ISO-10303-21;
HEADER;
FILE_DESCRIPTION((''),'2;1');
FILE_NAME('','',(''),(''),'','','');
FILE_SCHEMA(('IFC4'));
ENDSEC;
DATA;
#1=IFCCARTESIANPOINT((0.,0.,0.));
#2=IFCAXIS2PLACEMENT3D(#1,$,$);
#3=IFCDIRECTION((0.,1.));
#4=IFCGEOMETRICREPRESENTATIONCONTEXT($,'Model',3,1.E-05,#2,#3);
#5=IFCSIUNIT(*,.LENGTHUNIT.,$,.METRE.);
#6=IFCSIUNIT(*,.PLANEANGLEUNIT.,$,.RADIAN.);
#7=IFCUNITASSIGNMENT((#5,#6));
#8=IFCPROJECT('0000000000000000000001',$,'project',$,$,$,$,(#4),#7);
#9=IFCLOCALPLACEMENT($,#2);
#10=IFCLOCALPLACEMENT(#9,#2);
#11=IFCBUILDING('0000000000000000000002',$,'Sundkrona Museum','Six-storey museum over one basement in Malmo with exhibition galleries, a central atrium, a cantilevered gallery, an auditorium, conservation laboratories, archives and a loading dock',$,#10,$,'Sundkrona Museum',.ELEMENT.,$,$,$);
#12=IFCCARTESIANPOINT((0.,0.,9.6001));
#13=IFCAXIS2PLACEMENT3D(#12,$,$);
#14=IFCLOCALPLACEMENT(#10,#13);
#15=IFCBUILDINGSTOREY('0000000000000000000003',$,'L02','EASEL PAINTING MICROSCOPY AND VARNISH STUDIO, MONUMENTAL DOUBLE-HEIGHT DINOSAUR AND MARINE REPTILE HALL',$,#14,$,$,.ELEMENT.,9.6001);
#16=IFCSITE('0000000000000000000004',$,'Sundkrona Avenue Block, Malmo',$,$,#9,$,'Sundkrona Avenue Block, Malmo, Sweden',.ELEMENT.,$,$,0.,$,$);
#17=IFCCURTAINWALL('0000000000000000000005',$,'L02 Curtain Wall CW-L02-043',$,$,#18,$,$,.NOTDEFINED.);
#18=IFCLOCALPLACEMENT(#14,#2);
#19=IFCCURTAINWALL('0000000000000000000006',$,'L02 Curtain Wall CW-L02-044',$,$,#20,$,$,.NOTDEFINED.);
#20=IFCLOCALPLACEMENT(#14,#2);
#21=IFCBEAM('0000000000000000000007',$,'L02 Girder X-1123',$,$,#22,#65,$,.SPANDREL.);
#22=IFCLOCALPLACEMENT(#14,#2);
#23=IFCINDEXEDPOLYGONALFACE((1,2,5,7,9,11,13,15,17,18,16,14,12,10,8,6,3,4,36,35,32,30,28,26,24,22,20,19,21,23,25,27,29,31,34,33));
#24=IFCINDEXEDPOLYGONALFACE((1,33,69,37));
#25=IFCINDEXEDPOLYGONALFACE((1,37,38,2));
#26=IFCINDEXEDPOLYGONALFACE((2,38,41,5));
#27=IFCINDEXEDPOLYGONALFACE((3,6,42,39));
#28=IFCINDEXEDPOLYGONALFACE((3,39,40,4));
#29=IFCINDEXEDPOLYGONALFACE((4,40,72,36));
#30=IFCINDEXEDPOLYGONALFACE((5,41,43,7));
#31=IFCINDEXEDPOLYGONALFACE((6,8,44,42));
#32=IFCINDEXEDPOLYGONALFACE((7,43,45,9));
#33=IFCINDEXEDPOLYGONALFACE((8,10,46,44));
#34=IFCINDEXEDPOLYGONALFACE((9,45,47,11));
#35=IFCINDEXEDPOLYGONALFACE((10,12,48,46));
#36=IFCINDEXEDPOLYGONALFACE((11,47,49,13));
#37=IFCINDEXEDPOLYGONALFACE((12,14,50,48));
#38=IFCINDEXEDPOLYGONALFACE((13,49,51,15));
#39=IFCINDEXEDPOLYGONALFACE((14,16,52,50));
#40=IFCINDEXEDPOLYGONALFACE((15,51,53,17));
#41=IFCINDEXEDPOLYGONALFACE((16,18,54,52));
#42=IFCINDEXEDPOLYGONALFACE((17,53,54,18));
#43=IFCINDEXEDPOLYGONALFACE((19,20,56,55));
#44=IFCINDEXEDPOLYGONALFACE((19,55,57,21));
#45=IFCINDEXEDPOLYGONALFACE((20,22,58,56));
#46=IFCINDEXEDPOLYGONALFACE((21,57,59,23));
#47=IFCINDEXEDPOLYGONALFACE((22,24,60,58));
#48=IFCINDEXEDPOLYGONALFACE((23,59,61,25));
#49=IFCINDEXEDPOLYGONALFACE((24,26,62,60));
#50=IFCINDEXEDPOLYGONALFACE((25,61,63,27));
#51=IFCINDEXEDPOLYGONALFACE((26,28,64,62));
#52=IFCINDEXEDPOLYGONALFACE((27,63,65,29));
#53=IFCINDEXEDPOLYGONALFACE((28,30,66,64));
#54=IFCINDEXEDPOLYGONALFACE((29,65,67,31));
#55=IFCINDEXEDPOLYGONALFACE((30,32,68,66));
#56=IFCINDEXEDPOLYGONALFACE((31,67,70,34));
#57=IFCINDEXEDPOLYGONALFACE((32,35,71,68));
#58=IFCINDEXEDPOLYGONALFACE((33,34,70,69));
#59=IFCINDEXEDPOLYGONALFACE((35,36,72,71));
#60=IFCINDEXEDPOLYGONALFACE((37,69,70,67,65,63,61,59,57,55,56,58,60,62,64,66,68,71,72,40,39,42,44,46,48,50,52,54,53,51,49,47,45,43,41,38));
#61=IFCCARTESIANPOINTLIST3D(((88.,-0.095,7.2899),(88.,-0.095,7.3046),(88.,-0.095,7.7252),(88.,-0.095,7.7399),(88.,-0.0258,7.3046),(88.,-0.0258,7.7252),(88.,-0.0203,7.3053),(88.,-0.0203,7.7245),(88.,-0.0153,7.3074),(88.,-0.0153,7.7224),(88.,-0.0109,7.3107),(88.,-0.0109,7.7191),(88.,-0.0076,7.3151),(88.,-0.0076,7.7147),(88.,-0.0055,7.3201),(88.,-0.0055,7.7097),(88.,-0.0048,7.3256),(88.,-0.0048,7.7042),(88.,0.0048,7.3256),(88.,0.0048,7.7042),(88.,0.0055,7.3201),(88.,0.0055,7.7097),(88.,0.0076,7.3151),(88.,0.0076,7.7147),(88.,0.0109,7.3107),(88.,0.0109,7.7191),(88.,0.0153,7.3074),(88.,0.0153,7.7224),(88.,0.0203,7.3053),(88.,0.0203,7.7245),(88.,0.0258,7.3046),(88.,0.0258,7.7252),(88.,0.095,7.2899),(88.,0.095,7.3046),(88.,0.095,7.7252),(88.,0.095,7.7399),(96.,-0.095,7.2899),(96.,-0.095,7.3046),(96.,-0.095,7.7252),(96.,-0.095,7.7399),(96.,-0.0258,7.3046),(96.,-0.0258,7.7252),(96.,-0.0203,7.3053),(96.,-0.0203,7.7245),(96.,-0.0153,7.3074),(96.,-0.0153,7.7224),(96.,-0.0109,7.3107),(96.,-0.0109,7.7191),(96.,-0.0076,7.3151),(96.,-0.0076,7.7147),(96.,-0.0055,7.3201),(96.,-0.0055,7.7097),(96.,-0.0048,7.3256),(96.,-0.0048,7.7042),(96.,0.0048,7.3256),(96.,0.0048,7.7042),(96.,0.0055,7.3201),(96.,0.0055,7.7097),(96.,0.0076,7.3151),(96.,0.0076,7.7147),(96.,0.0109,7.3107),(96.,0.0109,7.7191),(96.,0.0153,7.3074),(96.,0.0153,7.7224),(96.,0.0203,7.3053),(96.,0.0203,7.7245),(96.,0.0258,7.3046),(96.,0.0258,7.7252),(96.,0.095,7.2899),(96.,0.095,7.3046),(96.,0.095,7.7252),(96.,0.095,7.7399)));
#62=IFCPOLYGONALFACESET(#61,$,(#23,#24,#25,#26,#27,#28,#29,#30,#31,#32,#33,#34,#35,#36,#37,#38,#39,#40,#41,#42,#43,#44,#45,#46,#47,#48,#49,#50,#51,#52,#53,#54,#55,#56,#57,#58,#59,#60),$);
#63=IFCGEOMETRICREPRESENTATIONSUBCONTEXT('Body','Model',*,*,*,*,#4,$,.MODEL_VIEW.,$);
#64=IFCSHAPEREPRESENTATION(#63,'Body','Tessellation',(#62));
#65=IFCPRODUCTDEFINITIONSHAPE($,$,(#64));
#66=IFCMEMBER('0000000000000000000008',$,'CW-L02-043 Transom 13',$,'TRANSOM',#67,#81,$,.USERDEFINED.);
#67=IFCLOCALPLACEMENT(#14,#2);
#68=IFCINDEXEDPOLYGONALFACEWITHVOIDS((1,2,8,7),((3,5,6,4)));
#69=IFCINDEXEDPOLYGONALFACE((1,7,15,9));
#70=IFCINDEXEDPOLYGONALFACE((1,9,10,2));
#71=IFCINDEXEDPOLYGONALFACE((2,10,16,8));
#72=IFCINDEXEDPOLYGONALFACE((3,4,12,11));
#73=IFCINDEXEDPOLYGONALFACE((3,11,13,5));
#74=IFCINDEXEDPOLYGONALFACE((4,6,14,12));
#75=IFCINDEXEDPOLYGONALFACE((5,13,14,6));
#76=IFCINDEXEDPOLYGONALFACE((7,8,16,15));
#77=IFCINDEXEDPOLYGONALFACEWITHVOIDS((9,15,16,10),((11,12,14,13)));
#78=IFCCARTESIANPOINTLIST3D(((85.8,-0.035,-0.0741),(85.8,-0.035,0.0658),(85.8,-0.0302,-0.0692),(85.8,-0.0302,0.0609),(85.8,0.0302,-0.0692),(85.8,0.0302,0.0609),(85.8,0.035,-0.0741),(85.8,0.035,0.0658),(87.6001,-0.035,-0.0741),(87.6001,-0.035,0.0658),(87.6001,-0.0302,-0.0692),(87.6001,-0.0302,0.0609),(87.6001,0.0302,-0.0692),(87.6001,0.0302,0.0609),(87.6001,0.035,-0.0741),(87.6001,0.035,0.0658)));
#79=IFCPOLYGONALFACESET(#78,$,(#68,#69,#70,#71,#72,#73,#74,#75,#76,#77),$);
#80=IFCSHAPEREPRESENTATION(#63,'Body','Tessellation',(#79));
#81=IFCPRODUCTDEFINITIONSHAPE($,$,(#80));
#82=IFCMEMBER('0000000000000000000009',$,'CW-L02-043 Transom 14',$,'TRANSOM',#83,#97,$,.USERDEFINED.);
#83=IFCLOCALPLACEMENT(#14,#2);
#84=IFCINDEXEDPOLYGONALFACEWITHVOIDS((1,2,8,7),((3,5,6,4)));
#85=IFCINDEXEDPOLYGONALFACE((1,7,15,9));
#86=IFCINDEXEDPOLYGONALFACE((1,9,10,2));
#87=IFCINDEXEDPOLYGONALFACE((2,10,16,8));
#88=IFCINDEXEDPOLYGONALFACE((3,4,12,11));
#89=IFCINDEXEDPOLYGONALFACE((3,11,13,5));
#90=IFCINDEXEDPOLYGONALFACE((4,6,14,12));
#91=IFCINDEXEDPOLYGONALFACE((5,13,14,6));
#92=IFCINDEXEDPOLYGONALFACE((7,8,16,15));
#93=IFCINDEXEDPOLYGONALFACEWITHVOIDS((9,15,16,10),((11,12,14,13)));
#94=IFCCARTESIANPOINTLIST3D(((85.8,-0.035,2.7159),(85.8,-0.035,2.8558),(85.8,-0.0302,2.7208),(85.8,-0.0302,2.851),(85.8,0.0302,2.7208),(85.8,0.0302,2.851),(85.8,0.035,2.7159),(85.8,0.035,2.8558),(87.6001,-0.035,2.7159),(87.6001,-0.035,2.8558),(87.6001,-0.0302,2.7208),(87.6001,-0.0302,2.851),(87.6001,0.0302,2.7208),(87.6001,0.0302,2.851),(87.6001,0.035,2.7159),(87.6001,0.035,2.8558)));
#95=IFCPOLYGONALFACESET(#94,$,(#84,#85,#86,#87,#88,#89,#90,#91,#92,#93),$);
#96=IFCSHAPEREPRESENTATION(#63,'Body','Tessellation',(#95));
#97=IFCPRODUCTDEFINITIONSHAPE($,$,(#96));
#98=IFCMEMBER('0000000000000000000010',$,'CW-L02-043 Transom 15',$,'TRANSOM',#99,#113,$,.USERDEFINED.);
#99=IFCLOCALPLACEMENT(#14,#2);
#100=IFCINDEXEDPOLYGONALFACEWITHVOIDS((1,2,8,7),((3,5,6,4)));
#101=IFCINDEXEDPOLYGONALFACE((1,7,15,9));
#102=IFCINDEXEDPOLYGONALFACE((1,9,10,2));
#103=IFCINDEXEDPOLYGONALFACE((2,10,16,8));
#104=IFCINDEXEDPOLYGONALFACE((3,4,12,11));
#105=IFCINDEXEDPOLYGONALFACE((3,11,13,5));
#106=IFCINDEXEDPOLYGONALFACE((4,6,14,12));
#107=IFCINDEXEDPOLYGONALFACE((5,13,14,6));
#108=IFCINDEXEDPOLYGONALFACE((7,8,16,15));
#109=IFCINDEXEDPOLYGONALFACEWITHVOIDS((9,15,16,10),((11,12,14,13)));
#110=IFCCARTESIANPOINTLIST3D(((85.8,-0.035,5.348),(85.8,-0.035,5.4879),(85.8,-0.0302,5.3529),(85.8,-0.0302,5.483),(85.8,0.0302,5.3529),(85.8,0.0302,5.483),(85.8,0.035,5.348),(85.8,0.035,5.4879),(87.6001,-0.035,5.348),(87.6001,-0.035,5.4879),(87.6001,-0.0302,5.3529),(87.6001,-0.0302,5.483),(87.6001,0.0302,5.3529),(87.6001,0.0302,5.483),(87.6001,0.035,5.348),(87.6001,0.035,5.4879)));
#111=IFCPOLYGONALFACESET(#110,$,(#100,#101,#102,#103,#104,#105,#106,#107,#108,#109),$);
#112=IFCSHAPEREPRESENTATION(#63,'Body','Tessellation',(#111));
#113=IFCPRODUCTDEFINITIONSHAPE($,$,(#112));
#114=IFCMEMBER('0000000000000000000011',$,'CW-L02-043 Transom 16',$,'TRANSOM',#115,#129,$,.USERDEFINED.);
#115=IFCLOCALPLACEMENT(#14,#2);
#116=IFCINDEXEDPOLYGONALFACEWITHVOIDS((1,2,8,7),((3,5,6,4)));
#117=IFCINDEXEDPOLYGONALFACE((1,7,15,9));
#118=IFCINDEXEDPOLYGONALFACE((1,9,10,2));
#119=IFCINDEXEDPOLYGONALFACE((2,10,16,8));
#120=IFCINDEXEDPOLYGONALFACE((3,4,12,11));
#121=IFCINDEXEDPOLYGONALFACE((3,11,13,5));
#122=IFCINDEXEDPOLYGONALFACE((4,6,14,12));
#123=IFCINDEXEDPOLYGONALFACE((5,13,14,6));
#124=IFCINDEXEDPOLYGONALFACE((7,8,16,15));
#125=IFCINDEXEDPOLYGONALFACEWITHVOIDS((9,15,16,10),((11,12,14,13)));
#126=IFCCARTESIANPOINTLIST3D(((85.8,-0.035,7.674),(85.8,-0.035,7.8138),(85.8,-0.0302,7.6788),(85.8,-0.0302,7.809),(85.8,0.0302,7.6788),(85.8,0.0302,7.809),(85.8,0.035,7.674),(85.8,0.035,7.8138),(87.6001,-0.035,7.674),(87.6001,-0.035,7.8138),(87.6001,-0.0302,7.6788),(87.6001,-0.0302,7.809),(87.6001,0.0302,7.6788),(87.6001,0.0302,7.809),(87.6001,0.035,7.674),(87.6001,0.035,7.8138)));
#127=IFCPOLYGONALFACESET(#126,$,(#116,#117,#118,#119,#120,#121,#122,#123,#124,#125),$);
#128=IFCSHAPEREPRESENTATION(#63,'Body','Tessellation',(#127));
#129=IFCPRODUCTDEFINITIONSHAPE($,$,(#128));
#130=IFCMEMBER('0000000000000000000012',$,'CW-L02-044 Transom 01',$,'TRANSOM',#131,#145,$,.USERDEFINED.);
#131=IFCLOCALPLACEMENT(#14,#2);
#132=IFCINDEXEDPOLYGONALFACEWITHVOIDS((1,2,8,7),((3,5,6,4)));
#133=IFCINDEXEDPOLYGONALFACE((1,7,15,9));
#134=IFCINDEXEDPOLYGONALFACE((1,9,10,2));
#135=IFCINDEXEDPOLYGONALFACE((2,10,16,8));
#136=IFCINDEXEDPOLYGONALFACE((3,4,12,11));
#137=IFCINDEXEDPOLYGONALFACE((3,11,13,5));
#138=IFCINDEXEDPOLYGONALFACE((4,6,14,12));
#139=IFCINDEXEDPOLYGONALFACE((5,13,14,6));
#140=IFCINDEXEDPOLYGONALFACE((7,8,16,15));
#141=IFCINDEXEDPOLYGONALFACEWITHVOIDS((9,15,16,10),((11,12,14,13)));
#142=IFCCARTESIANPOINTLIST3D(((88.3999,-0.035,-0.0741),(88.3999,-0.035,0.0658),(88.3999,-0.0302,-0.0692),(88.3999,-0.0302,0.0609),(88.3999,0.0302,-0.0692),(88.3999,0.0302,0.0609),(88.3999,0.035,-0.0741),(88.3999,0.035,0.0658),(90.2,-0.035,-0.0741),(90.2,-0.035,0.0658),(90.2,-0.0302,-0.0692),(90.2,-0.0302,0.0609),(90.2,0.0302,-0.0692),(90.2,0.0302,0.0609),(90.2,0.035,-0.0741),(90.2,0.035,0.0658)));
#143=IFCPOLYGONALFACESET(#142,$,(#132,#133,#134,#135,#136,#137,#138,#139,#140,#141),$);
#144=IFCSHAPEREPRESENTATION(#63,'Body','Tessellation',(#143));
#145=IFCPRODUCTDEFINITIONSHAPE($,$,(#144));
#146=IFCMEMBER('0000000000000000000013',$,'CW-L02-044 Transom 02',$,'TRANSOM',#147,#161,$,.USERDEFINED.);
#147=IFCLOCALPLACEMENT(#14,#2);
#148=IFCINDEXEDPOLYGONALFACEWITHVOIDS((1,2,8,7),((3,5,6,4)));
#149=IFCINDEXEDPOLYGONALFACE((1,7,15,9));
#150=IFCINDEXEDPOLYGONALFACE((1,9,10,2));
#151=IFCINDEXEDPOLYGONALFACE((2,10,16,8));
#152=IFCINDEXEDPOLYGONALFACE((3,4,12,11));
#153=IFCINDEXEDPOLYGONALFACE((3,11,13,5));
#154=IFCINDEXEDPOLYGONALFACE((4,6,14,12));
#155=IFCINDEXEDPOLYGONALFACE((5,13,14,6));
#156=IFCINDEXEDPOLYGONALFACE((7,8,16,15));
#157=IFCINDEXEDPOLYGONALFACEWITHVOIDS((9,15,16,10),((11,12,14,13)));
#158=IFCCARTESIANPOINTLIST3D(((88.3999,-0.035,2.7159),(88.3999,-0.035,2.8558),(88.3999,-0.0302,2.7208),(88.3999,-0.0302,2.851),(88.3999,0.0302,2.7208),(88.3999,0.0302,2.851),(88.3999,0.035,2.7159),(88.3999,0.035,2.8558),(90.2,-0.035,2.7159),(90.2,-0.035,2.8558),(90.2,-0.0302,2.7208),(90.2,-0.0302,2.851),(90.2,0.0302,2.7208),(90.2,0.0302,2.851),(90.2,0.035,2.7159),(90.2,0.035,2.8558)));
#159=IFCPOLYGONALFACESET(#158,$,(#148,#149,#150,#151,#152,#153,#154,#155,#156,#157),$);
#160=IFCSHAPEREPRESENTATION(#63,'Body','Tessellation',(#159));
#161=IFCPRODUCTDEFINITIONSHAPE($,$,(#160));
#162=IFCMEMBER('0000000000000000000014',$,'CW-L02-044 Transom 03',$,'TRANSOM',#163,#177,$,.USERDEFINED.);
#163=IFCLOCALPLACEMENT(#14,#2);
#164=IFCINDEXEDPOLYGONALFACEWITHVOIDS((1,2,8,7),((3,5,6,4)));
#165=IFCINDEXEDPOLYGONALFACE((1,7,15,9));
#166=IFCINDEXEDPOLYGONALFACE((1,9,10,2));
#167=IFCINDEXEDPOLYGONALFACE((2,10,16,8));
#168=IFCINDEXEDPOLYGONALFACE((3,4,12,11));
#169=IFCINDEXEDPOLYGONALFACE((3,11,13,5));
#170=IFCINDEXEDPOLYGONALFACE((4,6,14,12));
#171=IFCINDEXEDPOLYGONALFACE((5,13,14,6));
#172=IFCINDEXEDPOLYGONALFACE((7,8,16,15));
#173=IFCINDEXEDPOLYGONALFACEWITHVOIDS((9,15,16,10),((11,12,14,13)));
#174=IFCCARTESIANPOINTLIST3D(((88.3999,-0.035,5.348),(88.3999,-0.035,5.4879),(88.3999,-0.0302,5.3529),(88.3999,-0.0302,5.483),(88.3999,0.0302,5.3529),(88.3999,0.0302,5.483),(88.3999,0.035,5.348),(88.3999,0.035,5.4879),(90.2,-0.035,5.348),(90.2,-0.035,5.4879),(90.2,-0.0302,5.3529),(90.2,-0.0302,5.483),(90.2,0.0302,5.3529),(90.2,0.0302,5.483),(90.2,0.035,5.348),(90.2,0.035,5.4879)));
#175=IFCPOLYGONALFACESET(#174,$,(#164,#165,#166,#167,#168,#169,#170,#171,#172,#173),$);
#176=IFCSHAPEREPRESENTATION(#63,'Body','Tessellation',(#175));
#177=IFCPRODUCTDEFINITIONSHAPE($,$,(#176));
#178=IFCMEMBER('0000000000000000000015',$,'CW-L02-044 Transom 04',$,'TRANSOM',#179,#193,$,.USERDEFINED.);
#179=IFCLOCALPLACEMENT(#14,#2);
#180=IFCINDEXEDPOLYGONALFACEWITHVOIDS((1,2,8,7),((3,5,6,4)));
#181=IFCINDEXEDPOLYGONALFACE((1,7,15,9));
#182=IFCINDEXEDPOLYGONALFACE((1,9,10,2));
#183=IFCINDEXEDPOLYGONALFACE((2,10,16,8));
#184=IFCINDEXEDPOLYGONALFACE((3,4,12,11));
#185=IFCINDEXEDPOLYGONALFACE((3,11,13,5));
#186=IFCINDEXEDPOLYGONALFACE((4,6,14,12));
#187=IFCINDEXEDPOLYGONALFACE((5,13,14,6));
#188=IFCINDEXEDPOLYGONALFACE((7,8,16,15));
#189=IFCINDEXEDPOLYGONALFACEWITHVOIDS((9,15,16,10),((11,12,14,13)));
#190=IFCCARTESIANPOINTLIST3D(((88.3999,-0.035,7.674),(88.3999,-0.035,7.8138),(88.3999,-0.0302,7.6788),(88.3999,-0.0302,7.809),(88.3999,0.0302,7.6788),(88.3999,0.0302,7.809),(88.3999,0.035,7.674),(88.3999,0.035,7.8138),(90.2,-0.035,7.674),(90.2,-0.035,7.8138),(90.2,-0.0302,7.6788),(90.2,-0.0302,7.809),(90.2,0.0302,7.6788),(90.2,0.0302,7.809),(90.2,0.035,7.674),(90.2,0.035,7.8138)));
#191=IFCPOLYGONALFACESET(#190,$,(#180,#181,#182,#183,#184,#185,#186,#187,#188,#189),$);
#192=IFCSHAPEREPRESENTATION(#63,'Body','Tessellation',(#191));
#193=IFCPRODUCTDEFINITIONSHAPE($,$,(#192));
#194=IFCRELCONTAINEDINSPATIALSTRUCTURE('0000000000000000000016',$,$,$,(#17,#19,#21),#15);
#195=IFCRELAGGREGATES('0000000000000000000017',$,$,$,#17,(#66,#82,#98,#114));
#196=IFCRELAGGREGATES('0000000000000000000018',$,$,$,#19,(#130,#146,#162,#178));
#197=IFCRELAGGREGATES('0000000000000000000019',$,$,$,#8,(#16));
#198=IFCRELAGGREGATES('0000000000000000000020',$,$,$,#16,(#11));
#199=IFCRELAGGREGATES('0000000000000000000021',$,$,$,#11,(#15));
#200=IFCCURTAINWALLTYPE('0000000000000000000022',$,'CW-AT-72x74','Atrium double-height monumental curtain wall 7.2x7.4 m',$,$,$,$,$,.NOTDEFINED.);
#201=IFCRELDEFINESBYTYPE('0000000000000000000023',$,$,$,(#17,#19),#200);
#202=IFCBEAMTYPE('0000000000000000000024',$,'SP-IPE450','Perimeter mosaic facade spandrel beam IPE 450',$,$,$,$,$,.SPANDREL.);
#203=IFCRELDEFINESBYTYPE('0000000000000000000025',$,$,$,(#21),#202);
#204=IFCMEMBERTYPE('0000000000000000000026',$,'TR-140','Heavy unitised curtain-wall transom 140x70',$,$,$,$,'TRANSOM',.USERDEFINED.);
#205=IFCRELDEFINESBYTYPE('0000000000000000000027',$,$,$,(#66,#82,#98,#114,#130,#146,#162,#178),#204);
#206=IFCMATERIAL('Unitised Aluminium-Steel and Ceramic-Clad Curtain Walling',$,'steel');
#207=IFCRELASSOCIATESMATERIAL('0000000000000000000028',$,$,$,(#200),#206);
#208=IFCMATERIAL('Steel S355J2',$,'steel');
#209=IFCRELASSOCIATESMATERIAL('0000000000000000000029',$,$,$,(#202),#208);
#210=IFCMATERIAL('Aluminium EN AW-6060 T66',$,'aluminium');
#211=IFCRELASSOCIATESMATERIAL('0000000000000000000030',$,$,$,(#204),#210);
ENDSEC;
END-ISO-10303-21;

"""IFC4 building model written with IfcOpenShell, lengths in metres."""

from ifc_helpers import new_model, si_unit, direction, frame, origin, origin_2d, place, context, subcontext, project, spatial, hollow_rectangle, i_section, extrude, material, material_profile, profile_set, type_object, element, aggregate, save


model = new_model("IFC4")

# Units and contexts
model_context = context("Model", 3, precision=1e-05, world=origin(), true_north=direction((0.0, 1.0)))
body_context = subcontext(model_context, "Body", "Model", "MODEL_VIEW")
ifc_project = project(units=[si_unit("LENGTHUNIT", "METRE"), si_unit("PLANEANGLEUNIT", "RADIAN")], contexts=[model_context])

# Site, building, storey
site_placement = place(None, origin())
site = spatial("IfcSite", under=ifc_project, at=site_placement, Name="Sundkrona Avenue Block, Malmo", LongName="Sundkrona Avenue Block, Malmo, Sweden", CompositionType="ELEMENT", RefElevation=0.0)
building_placement = place(site_placement, origin())
building = spatial("IfcBuilding", under=site, at=building_placement, Name="Sundkrona Museum", Description="Six-storey museum over one basement in Malmo with exhibition galleries, a central atrium, a cantilevered gallery, an auditorium, conservation laboratories, archives and a loading dock", LongName="Sundkrona Museum", CompositionType="ELEMENT")
storey_placement = place(building_placement, frame((0.0, 0.0, 9.6001)))
storey = spatial("IfcBuildingStorey", under=building, at=storey_placement, Name="L02", Description="EASEL PAINTING MICROSCOPY AND VARNISH STUDIO, MONUMENTAL DOUBLE-HEIGHT DINOSAUR AND MARINE REPTILE HALL", CompositionType="ELEMENT", Elevation=9.6001)

# Shared definitions
ifc_material_1 = material(Name="Steel S355J2", Category="steel")

# Curtain walls
ifc_material_2 = material(Name="Unitised Aluminium-Steel and Ceramic-Clad Curtain Walling", Category="steel")
curtain_wall_type = type_object("IfcCurtainWallType", Name="CW-AT-72x74", Description="Atrium double-height monumental curtain wall 7.2x7.4 m", PredefinedType="NOTDEFINED", material=ifc_material_2)
curtain_wall_1_placement = place(storey_placement, origin())
curtain_wall_1 = element("IfcCurtainWall", 1, at=curtain_wall_1_placement, inside=storey, type_object=curtain_wall_type, Name="L02 Curtain Wall CW-L02-043", PredefinedType="NOTDEFINED")
ifc_material_3 = material(Name="Aluminium EN AW-6060 T66", Category="aluminium")
curtain_wall_2_placement = place(storey_placement, origin())
curtain_wall_2 = element("IfcCurtainWall", 2, at=curtain_wall_2_placement, inside=storey, type_object=curtain_wall_type, Name="L02 Curtain Wall CW-L02-044", PredefinedType="NOTDEFINED")

# Beam
ifc_material_profile_1 = material_profile(ifc_material_1, i_section(OverallWidth=0.1899, OverallDepth=0.45, WebThickness=0.0095, FlangeThickness=0.0146, FilletRadius=0.021, at=origin_2d()), Name="IPE 450")
ifc_profile_set_1 = profile_set([ifc_material_profile_1], Name="Steel S355J2")
beam_type_1 = type_object("IfcBeamType", Name="SP-IPE450", Description="Perimeter mosaic facade spandrel beam IPE 450", PredefinedType="SPANDREL", material=ifc_profile_set_1)
beam_1_placement = place(storey_placement, frame((88.0, 0.0, 7.5149), z_axis=(1.0, 0.0, 0.0), x_axis=(0.0, 1.0, 0.0)))
element("IfcBeam", 3, at=beam_1_placement, inside=storey, type_object=beam_type_1, Name="L02 Girder X-1123", PredefinedType="SPANDREL", context=body_context, shape_type="SweptSolid", body=[
    extrude(i_section(OverallWidth=0.1899, OverallDepth=0.45, WebThickness=0.0095, FlangeThickness=0.0146, FilletRadius=0.021, at=origin_2d()), origin(), (0.0, 0.0, 1.0), 8.0),
])

# Members
ifc_material_profile_2 = material_profile(ifc_material_3, hollow_rectangle(XDim=0.0701, YDim=0.1399, WallThickness=0.0049, at=origin_2d()), Name="RHS 140x70x5.0")
ifc_profile_set_2 = profile_set([ifc_material_profile_2], Name="Aluminium EN AW-6060 T66")
member_type_1 = type_object("IfcMemberType", Name="TR-140", Description="Heavy unitised curtain-wall transom 140x70", ElementType="TRANSOM", PredefinedType="USERDEFINED", material=ifc_profile_set_2)
member_1_placement = place(storey_placement, frame((85.8, 0.0, -0.0042), z_axis=(1.0, 0.0, 0.0), x_axis=(0.0, 1.0, 0.0)))
member_1 = element("IfcMember", 4, at=member_1_placement, type_object=member_type_1, Name="CW-L02-043 Transom 13", ObjectType="TRANSOM", PredefinedType="USERDEFINED", context=body_context, shape_type="SweptSolid", body=[
    extrude(hollow_rectangle(XDim=0.0701, YDim=0.1399, WallThickness=0.0049, at=origin_2d()), origin(), (0.0, 0.0, 1.0), 1.8),
])
member_2_placement = place(storey_placement, frame((85.8, 0.0, 2.7859), z_axis=(1.0, 0.0, 0.0), x_axis=(0.0, 1.0, 0.0)))
member_2 = element("IfcMember", 5, at=member_2_placement, type_object=member_type_1, Name="CW-L02-043 Transom 14", ObjectType="TRANSOM", PredefinedType="USERDEFINED", context=body_context, shape_type="SweptSolid", body=[
    extrude(hollow_rectangle(XDim=0.0701, YDim=0.1399, WallThickness=0.0049, at=origin_2d()), origin(), (0.0, 0.0, 1.0), 1.8),
])
member_3_placement = place(storey_placement, frame((85.8, 0.0, 5.418), z_axis=(1.0, 0.0, 0.0), x_axis=(0.0, 1.0, 0.0)))
member_3 = element("IfcMember", 6, at=member_3_placement, type_object=member_type_1, Name="CW-L02-043 Transom 15", ObjectType="TRANSOM", PredefinedType="USERDEFINED", context=body_context, shape_type="SweptSolid", body=[
    extrude(hollow_rectangle(XDim=0.0701, YDim=0.1399, WallThickness=0.0049, at=origin_2d()), origin(), (0.0, 0.0, 1.0), 1.8),
])
member_4_placement = place(storey_placement, frame((85.8, 0.0, 7.7439), z_axis=(1.0, 0.0, 0.0), x_axis=(0.0, 1.0, 0.0)))
member_4 = element("IfcMember", 7, at=member_4_placement, type_object=member_type_1, Name="CW-L02-043 Transom 16", ObjectType="TRANSOM", PredefinedType="USERDEFINED", context=body_context, shape_type="SweptSolid", body=[
    extrude(hollow_rectangle(XDim=0.0701, YDim=0.1399, WallThickness=0.0049, at=origin_2d()), origin(), (0.0, 0.0, 1.0), 1.8),
])
member_5_placement = place(storey_placement, frame((88.3999, 0.0, -0.0042), z_axis=(1.0, 0.0, 0.0), x_axis=(0.0, 1.0, 0.0)))
member_5 = element("IfcMember", 8, at=member_5_placement, type_object=member_type_1, Name="CW-L02-044 Transom 01", ObjectType="TRANSOM", PredefinedType="USERDEFINED", context=body_context, shape_type="SweptSolid", body=[
    extrude(hollow_rectangle(XDim=0.0701, YDim=0.1399, WallThickness=0.0049, at=origin_2d()), origin(), (0.0, 0.0, 1.0), 1.8),
])
member_6_placement = place(storey_placement, frame((88.3999, 0.0, 2.7859), z_axis=(1.0, 0.0, 0.0), x_axis=(0.0, 1.0, 0.0)))
member_6 = element("IfcMember", 9, at=member_6_placement, type_object=member_type_1, Name="CW-L02-044 Transom 02", ObjectType="TRANSOM", PredefinedType="USERDEFINED", context=body_context, shape_type="SweptSolid", body=[
    extrude(hollow_rectangle(XDim=0.0701, YDim=0.1399, WallThickness=0.0049, at=origin_2d()), origin(), (0.0, 0.0, 1.0), 1.8),
])
member_7_placement = place(storey_placement, frame((88.3999, 0.0, 5.418), z_axis=(1.0, 0.0, 0.0), x_axis=(0.0, 1.0, 0.0)))
member_7 = element("IfcMember", 10, at=member_7_placement, type_object=member_type_1, Name="CW-L02-044 Transom 03", ObjectType="TRANSOM", PredefinedType="USERDEFINED", context=body_context, shape_type="SweptSolid", body=[
    extrude(hollow_rectangle(XDim=0.0701, YDim=0.1399, WallThickness=0.0049, at=origin_2d()), origin(), (0.0, 0.0, 1.0), 1.8),
])
member_8_placement = place(storey_placement, frame((88.3999, 0.0, 7.7439), z_axis=(1.0, 0.0, 0.0), x_axis=(0.0, 1.0, 0.0)))
member_8 = element("IfcMember", 11, at=member_8_placement, type_object=member_type_1, Name="CW-L02-044 Transom 04", ObjectType="TRANSOM", PredefinedType="USERDEFINED", context=body_context, shape_type="SweptSolid", body=[
    extrude(hollow_rectangle(XDim=0.0701, YDim=0.1399, WallThickness=0.0049, at=origin_2d()), origin(), (0.0, 0.0, 1.0), 1.8),
])

aggregate(curtain_wall_1, [member_1, member_2, member_3, member_4])
aggregate(curtain_wall_2, [member_5, member_6, member_7, member_8])

save(model, "model.ifc")
